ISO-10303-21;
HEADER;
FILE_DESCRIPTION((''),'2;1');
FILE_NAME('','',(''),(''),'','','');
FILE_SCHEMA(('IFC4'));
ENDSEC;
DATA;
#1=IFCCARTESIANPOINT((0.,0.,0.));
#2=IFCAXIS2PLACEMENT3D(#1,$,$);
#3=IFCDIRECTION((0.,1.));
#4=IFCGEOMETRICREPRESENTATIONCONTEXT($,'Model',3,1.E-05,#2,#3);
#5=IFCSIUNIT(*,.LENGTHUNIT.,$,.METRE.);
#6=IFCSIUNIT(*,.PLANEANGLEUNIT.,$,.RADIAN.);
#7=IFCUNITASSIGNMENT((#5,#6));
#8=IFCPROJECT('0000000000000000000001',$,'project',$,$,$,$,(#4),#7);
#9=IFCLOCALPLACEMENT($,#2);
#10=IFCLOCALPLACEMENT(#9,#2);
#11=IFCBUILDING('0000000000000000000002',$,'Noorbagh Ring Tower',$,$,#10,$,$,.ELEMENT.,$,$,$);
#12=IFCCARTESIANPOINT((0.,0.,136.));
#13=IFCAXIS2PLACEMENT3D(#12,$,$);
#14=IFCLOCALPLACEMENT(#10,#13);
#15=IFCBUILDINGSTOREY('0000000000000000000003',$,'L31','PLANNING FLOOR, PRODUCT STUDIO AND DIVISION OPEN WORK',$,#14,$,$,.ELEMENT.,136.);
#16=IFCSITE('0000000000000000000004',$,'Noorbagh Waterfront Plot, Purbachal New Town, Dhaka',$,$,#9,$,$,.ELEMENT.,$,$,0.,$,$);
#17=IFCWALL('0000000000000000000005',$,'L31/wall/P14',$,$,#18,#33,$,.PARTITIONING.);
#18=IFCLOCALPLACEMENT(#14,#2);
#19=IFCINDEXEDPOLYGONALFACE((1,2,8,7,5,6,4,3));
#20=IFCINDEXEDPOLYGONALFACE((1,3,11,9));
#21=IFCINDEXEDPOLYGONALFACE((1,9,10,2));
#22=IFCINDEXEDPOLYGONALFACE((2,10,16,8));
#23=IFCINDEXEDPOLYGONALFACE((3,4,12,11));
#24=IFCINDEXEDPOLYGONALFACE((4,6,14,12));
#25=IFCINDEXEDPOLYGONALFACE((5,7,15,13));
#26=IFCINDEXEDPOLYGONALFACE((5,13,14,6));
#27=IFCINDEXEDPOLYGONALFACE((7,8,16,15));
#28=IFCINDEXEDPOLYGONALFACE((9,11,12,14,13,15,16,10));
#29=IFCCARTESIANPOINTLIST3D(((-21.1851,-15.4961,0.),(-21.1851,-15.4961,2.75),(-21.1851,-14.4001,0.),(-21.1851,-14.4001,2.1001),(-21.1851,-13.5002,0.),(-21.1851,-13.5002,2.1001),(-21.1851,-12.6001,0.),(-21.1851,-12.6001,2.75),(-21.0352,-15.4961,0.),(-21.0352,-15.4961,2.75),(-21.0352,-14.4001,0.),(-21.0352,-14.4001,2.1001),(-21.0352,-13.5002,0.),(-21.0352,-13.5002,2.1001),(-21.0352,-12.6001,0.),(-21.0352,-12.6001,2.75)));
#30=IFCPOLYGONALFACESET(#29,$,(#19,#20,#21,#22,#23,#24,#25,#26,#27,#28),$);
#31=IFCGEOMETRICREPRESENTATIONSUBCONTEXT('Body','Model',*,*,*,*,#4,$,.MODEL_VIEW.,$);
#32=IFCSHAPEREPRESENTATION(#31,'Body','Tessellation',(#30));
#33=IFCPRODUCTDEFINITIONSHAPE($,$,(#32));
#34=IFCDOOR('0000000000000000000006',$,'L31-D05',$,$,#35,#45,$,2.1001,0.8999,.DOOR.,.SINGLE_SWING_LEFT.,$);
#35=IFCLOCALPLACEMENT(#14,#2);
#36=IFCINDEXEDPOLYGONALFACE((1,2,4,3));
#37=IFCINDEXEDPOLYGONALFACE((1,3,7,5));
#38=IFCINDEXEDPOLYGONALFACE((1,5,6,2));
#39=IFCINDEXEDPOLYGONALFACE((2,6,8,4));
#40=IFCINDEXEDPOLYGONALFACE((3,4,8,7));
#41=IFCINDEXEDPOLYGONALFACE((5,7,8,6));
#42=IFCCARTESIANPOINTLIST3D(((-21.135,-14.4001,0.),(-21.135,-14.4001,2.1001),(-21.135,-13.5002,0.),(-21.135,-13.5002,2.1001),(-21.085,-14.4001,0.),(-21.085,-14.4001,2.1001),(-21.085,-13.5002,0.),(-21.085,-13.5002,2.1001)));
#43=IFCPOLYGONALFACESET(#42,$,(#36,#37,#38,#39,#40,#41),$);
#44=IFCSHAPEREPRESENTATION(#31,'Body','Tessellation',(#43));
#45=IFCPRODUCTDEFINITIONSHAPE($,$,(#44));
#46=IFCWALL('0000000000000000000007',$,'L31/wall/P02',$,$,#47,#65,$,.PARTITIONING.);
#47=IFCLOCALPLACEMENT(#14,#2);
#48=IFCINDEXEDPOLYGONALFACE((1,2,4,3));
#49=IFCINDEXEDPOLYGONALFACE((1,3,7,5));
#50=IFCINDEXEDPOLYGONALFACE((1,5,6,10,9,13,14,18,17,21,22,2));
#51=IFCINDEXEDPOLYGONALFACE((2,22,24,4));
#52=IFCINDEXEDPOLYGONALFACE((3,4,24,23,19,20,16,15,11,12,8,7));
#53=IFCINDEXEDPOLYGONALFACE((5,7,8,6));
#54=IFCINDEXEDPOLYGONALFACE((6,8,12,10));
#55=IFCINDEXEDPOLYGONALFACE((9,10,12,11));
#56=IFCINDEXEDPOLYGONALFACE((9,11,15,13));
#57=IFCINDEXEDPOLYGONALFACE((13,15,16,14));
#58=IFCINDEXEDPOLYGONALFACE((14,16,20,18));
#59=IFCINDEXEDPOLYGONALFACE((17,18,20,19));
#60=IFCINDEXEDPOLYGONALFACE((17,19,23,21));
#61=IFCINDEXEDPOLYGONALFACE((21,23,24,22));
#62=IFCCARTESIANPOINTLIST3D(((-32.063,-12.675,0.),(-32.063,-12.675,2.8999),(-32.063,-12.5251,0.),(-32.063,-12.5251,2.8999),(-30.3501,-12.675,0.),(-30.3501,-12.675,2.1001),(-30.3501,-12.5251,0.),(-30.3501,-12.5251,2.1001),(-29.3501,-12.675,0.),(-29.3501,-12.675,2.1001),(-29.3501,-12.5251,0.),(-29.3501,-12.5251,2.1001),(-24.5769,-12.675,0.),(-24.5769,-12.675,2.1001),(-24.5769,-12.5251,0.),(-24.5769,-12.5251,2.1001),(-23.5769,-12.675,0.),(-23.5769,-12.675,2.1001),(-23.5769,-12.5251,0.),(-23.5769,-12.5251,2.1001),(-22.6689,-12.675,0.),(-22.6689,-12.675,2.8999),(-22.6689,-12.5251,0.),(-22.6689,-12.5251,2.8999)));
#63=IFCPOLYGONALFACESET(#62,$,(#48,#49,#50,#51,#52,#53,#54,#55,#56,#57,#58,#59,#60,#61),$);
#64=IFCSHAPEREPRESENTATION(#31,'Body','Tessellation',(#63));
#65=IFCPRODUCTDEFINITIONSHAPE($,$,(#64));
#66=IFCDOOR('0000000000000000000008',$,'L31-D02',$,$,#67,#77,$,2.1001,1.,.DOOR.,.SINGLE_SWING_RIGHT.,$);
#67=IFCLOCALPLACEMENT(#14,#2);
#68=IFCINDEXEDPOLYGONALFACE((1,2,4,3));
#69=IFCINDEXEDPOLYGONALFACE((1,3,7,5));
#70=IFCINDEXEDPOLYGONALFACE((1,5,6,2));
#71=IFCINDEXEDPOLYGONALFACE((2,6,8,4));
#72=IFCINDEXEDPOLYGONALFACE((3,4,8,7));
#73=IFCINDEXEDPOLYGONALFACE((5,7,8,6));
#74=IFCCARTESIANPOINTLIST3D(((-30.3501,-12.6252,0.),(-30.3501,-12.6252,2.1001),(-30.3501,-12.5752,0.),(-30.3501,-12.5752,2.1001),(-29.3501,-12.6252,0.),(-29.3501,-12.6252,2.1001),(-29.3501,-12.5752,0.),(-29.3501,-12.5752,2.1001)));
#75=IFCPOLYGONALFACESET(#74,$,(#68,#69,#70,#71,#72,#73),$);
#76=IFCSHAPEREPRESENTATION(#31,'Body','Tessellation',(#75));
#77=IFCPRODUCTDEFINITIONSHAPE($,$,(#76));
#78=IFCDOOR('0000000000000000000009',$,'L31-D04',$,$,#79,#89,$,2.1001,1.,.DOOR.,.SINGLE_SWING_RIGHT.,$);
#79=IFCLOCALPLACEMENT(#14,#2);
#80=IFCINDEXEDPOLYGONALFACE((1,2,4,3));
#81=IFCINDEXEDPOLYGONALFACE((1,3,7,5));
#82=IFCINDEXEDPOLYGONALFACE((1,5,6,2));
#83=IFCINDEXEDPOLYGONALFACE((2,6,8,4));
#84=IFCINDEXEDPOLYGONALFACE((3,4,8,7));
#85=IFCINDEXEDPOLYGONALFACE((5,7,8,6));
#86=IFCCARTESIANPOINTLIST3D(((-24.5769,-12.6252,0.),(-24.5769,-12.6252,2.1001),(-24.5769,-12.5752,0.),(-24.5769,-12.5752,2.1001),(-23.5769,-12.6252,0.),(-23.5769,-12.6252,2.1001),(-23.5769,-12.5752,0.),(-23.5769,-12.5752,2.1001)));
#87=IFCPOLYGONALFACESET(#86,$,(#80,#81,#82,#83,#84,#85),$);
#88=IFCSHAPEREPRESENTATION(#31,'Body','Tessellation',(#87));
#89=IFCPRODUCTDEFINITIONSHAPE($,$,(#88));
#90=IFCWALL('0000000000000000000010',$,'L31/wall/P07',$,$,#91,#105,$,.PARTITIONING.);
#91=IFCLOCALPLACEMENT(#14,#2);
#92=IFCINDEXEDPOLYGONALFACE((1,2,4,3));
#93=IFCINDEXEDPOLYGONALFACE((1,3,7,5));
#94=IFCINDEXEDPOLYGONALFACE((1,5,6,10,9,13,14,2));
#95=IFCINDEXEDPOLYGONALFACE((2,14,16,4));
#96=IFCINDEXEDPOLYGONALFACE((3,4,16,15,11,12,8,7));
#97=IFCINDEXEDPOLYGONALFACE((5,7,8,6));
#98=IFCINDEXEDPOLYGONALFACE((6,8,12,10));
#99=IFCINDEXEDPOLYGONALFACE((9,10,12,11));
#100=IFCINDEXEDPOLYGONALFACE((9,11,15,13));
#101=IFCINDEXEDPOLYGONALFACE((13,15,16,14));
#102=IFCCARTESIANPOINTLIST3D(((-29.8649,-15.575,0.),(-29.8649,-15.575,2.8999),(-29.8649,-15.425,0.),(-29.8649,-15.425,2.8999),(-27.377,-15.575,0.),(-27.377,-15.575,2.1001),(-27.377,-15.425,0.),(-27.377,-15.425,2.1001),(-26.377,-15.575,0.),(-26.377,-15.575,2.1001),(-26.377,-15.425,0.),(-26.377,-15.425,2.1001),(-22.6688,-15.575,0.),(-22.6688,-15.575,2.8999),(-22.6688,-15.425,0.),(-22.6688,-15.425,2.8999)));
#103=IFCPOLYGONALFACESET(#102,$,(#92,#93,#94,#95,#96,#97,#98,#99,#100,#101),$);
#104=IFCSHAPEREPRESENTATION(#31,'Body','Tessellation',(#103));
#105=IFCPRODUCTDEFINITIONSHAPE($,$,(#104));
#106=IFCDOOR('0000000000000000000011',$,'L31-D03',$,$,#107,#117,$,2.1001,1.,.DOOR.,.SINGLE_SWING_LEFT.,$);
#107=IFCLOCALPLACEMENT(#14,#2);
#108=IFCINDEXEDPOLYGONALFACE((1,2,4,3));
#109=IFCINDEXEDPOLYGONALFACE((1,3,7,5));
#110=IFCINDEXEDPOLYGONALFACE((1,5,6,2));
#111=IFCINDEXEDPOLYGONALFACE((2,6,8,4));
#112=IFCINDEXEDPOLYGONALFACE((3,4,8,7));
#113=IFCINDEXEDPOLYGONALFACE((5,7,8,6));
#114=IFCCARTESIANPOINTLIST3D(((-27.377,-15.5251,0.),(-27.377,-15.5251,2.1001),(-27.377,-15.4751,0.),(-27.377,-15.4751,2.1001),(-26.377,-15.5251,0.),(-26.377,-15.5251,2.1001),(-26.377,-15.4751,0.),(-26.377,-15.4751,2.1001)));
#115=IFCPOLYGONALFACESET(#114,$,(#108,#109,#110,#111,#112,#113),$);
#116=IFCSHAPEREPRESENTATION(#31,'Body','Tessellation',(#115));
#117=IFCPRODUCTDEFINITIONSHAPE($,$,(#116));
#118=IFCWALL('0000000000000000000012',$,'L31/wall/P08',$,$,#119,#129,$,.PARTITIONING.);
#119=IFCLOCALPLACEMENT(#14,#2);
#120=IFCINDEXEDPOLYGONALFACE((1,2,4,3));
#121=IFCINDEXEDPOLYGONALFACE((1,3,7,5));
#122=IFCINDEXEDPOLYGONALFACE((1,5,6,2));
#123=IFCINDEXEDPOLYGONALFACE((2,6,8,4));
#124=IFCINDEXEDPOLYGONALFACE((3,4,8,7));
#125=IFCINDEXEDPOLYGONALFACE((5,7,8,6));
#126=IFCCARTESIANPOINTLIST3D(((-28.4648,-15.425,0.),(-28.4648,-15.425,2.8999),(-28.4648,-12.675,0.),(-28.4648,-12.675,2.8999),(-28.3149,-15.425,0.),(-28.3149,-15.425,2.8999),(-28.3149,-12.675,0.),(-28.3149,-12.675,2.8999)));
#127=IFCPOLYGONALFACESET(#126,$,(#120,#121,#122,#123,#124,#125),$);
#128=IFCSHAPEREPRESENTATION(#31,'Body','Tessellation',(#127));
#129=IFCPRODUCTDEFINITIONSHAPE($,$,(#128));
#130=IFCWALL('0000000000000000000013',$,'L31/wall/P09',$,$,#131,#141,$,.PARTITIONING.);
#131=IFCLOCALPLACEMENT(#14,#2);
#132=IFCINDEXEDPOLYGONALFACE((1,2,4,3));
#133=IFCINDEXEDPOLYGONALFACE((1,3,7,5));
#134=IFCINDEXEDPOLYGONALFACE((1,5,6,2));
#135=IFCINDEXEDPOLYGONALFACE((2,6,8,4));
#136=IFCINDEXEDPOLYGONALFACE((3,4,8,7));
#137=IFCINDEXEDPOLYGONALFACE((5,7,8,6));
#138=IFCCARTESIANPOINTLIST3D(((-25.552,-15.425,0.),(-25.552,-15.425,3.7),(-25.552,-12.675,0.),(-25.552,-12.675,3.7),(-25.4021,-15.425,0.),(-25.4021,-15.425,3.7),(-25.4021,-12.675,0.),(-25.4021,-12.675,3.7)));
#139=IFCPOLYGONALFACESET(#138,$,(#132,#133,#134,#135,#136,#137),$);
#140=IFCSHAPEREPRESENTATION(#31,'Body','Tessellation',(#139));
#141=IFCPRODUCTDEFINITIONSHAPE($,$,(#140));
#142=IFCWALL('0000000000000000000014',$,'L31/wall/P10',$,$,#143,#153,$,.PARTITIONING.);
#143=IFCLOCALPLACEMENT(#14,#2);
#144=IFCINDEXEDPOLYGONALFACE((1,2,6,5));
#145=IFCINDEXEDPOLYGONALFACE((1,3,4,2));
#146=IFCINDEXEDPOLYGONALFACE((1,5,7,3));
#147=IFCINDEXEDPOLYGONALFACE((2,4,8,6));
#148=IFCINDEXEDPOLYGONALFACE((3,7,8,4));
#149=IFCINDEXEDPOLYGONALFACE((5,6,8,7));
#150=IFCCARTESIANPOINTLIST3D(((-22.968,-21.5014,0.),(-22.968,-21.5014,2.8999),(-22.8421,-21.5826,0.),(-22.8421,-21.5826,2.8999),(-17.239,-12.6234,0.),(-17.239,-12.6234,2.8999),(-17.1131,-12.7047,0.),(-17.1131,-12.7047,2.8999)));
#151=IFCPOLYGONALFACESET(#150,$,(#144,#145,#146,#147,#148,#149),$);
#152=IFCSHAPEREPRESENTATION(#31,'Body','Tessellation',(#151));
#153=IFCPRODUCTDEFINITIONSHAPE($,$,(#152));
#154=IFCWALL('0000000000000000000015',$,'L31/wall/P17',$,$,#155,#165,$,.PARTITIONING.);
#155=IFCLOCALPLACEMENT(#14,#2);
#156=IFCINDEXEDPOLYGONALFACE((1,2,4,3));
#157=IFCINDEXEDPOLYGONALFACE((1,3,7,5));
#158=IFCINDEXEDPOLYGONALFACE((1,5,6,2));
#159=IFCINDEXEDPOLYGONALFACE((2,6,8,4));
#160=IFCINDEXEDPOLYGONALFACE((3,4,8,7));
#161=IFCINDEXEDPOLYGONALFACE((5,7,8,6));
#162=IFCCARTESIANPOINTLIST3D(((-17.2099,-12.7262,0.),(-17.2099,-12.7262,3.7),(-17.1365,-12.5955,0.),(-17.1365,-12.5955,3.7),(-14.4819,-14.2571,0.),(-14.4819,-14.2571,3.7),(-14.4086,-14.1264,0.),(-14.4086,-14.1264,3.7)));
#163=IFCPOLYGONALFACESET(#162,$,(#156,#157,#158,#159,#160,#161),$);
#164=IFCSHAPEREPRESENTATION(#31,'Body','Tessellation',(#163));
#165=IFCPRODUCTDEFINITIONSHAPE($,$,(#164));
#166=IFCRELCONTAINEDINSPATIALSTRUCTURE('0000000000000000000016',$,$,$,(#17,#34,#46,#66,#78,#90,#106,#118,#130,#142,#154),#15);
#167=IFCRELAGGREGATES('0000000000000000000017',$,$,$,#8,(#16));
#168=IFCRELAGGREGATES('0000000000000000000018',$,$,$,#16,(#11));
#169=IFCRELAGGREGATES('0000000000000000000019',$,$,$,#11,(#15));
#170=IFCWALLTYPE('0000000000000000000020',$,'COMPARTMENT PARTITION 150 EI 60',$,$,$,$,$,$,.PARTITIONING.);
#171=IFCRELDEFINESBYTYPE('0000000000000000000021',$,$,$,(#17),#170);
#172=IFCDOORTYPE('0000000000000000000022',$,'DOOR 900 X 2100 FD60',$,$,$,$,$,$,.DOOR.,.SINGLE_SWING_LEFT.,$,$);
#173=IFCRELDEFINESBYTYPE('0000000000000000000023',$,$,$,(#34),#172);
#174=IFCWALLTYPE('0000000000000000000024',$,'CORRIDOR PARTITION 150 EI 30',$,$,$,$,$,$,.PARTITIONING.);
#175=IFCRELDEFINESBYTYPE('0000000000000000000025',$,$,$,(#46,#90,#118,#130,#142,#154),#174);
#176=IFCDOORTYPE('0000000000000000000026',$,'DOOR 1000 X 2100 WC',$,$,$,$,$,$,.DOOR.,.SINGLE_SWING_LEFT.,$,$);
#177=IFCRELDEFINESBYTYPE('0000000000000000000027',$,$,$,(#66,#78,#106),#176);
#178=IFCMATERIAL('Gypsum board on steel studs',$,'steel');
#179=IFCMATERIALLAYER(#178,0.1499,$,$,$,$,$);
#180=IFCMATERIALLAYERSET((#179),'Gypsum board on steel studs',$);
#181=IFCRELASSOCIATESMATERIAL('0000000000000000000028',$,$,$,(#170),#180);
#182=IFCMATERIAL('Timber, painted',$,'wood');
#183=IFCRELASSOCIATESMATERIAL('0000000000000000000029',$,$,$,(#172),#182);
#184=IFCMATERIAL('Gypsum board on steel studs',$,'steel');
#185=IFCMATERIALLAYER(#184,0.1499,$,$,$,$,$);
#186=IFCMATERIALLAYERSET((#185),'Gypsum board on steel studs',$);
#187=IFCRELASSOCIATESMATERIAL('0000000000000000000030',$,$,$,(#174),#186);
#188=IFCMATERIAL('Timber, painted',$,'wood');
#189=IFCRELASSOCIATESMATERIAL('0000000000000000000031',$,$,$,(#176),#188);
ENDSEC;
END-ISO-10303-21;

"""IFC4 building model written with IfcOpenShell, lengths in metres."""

from ifc_helpers import new_model, si_unit, direction, frame, frame_2d, origin, place, context, subcontext, project, spatial, rectangle, extrude, material, layer, layer_set, type_object, element, fill, save


model = new_model("IFC4")

# Units and contexts
model_context = context("Model", 3, precision=1e-05, world=origin(), true_north=direction((0.0, 1.0)))
body_context = subcontext(model_context, "Body", "Model", "MODEL_VIEW")
ifc_project = project(units=[si_unit("LENGTHUNIT", "METRE"), si_unit("PLANEANGLEUNIT", "RADIAN")], contexts=[model_context])

# Site, building, storey
site_placement = place(None, origin())
site = spatial("IfcSite", under=ifc_project, at=site_placement, Name="Noorbagh Waterfront Plot, Purbachal New Town, Dhaka", CompositionType="ELEMENT", RefElevation=0.0)
building_placement = place(site_placement, origin())
building = spatial("IfcBuilding", under=site, at=building_placement, Name="Noorbagh Ring Tower", CompositionType="ELEMENT")
storey_placement = place(building_placement, frame((0.0, 0.0, 136.0)))
storey = spatial("IfcBuildingStorey", under=building, at=storey_placement, Name="L31", Description="PLANNING FLOOR, PRODUCT STUDIO AND DIVISION OPEN WORK", CompositionType="ELEMENT", Elevation=136.0)

# Shared definitions
ifc_material_1 = material(Name="Gypsum board on steel studs", Category="steel")
ifc_layer_1 = layer(ifc_material_1, 0.1499)
ifc_layer_set_1 = layer_set([ifc_layer_1], Name="Gypsum board on steel studs")
wall_type_1 = type_object("IfcWallType", Name="COMPARTMENT PARTITION 150 EI 60", PredefinedType="PARTITIONING", material=ifc_layer_set_1)

# Wall, opening, door
wall_1_placement = place(storey_placement, frame((-21.1101, -15.4961, 0.0), z_axis=(0.0, 0.0, 1.0), x_axis=(0.0, 1.0, 0.0)))
wall_1 = element("IfcWall", 1, at=wall_1_placement, inside=storey, type_object=wall_type_1, Name="L31/wall/P14", PredefinedType="PARTITIONING", context=body_context, shape_type="SweptSolid", body=[
    extrude(rectangle(XDim=2.896, YDim=0.1499, at=frame_2d((1.448, 0.0))), origin(), (0.0, 0.0, 1.0), 2.75),
])
opening_1_placement = place(wall_1_placement, frame((1.0959, 0.0, 0.0)))
opening_1 = element("IfcOpeningElement", 2, at=opening_1_placement, cuts=wall_1, PredefinedType="OPENING", context=body_context, shape_type="SweptSolid", body=[
    extrude(rectangle(XDim=0.8999, YDim=2.1001, at=frame_2d((0.45, 1.05))), frame((0.0, 0.085, 0.0), z_axis=(0.0, -1.0, 0.0), x_axis=(1.0, 0.0, 0.0)), (0.0, 0.0, 1.0), 0.1699),
])
ifc_material_2 = material(Name="Timber, painted", Category="wood")
door_type_1 = type_object("IfcDoorType", Name="DOOR 900 X 2100 FD60", OperationType="SINGLE_SWING_LEFT", PredefinedType="DOOR", material=ifc_material_2)
door_1_placement = place(opening_1_placement, origin())
door_1 = element("IfcDoor", 3, at=door_1_placement, inside=storey, type_object=door_type_1, Name="L31-D05", OperationType="SINGLE_SWING_LEFT", OverallHeight=2.1001, OverallWidth=0.8999, PredefinedType="DOOR", context=body_context, shape_type="SweptSolid", body=[
    extrude(rectangle(XDim=0.8999, YDim=2.1001, at=frame_2d((0.45, 1.05))), frame((0.0, 0.0249, 0.0), z_axis=(0.0, -1.0, 0.0), x_axis=(1.0, 0.0, 0.0)), (0.0, 0.0, 1.0), 0.05),
])
fill(opening_1, door_1)

# Wall, openings, doors
ifc_material_3 = material(Name="Gypsum board on steel studs", Category="steel")
ifc_layer_2 = layer(ifc_material_3, 0.1499)
ifc_layer_set_2 = layer_set([ifc_layer_2], Name="Gypsum board on steel studs")
wall_type_2 = type_object("IfcWallType", Name="CORRIDOR PARTITION 150 EI 30", PredefinedType="PARTITIONING", material=ifc_layer_set_2)
wall_2_placement = place(storey_placement, frame((-32.063, -12.6001, 0.0), z_axis=(0.0, 0.0, 1.0), x_axis=(1.0, 0.0, 0.0)))
wall_2 = element("IfcWall", 4, at=wall_2_placement, inside=storey, type_object=wall_type_2, Name="L31/wall/P02", PredefinedType="PARTITIONING", context=body_context, shape_type="SweptSolid", body=[
    extrude(rectangle(XDim=9.394, YDim=0.1499, at=frame_2d((4.697, 0.0))), origin(), (0.0, 0.0, 1.0), 2.8999),
])
opening_2_placement = place(wall_2_placement, frame((1.7129, 0.0, 0.0)))
opening_2 = element("IfcOpeningElement", 5, at=opening_2_placement, cuts=wall_2, PredefinedType="OPENING", context=body_context, shape_type="SweptSolid", body=[
    extrude(rectangle(XDim=1.0, YDim=2.1001, at=frame_2d((0.5, 1.05))), frame((0.0, 0.085, 0.0), z_axis=(0.0, -1.0, 0.0), x_axis=(1.0, 0.0, 0.0)), (0.0, 0.0, 1.0), 0.1699),
])
opening_3_placement = place(wall_2_placement, frame((7.4861, 0.0, 0.0)))
opening_3 = element("IfcOpeningElement", 6, at=opening_3_placement, cuts=wall_2, PredefinedType="OPENING", context=body_context, shape_type="SweptSolid", body=[
    extrude(rectangle(XDim=1.0, YDim=2.1001, at=frame_2d((0.5, 1.05))), frame((0.0, 0.085, 0.0), z_axis=(0.0, -1.0, 0.0), x_axis=(1.0, 0.0, 0.0)), (0.0, 0.0, 1.0), 0.1699),
])
ifc_material_4 = material(Name="Timber, painted", Category="wood")
door_type_2 = type_object("IfcDoorType", Name="DOOR 1000 X 2100 WC", OperationType="SINGLE_SWING_LEFT", PredefinedType="DOOR", material=ifc_material_4)
door_2_placement = place(opening_2_placement, origin())
door_2 = element("IfcDoor", 7, at=door_2_placement, inside=storey, type_object=door_type_2, Name="L31-D02", OperationType="SINGLE_SWING_RIGHT", OverallHeight=2.1001, OverallWidth=1.0, PredefinedType="DOOR", context=body_context, shape_type="SweptSolid", body=[
    extrude(rectangle(XDim=1.0, YDim=2.1001, at=frame_2d((0.5, 1.05))), frame((0.0, 0.0249, 0.0), z_axis=(0.0, -1.0, 0.0), x_axis=(1.0, 0.0, 0.0)), (0.0, 0.0, 1.0), 0.05),
])
fill(opening_2, door_2)
door_3_placement = place(opening_3_placement, origin())
door_3 = element("IfcDoor", 8, at=door_3_placement, inside=storey, type_object=door_type_2, Name="L31-D04", OperationType="SINGLE_SWING_RIGHT", OverallHeight=2.1001, OverallWidth=1.0, PredefinedType="DOOR", context=body_context, shape_type="SweptSolid", body=[
    extrude(rectangle(XDim=1.0, YDim=2.1001, at=frame_2d((0.5, 1.05))), frame((0.0, 0.0249, 0.0), z_axis=(0.0, -1.0, 0.0), x_axis=(1.0, 0.0, 0.0)), (0.0, 0.0, 1.0), 0.05),
])
fill(opening_3, door_3)

# Wall, opening, door
wall_3_placement = place(storey_placement, frame((-29.865, -15.5, 0.0), z_axis=(0.0, 0.0, 1.0), x_axis=(1.0, 0.0, 0.0)))
wall_3 = element("IfcWall", 9, at=wall_3_placement, inside=storey, type_object=wall_type_2, Name="L31/wall/P07", PredefinedType="PARTITIONING", context=body_context, shape_type="SweptSolid", body=[
    extrude(rectangle(XDim=7.196, YDim=0.1499, at=frame_2d((3.5981, 0.0))), origin(), (0.0, 0.0, 1.0), 2.8999),
])
opening_4_placement = place(wall_3_placement, frame((2.488, 0.0, 0.0)))
opening_4 = element("IfcOpeningElement", 10, at=opening_4_placement, cuts=wall_3, PredefinedType="OPENING", context=body_context, shape_type="SweptSolid", body=[
    extrude(rectangle(XDim=1.0, YDim=2.1001, at=frame_2d((0.5, 1.05))), frame((0.0, 0.085, 0.0), z_axis=(0.0, -1.0, 0.0), x_axis=(1.0, 0.0, 0.0)), (0.0, 0.0, 1.0), 0.1699),
])
door_4_placement = place(opening_4_placement, origin())
door_4 = element("IfcDoor", 11, at=door_4_placement, inside=storey, type_object=door_type_2, Name="L31-D03", OperationType="SINGLE_SWING_LEFT", OverallHeight=2.1001, OverallWidth=1.0, PredefinedType="DOOR", context=body_context, shape_type="SweptSolid", body=[
    extrude(rectangle(XDim=1.0, YDim=2.1001, at=frame_2d((0.5, 1.05))), frame((0.0, 0.0249, 0.0), z_axis=(0.0, -1.0, 0.0), x_axis=(1.0, 0.0, 0.0)), (0.0, 0.0, 1.0), 0.05),
])
fill(opening_4, door_4)

# Walls
wall_4_placement = place(storey_placement, frame((-28.3899, -15.425, 0.0), z_axis=(0.0, 0.0, 1.0), x_axis=(0.0, 1.0, 0.0)))
element("IfcWall", 12, at=wall_4_placement, inside=storey, type_object=wall_type_2, Name="L31/wall/P08", PredefinedType="PARTITIONING", context=body_context, shape_type="SweptSolid", body=[
    extrude(rectangle(XDim=2.75, YDim=0.1499, at=frame_2d((1.375, 0.0))), origin(), (0.0, 0.0, 1.0), 2.8999),
])
wall_5_placement = place(storey_placement, frame((-25.4771, -15.425, 0.0), z_axis=(0.0, 0.0, 1.0), x_axis=(0.0, 1.0, 0.0)))
element("IfcWall", 13, at=wall_5_placement, inside=storey, type_object=wall_type_2, Name="L31/wall/P09", PredefinedType="PARTITIONING", context=body_context, shape_type="SweptSolid", body=[
    extrude(rectangle(XDim=2.75, YDim=0.1499, at=frame_2d((1.375, 0.0))), origin(), (0.0, 0.0, 1.0), 3.7),
])
wall_6_placement = place(storey_placement, frame((-22.905, -21.542, 0.0), z_axis=(0.0, 0.0, 1.0), x_axis=(0.542214, 0.84024, 0.0)))
element("IfcWall", 14, at=wall_6_placement, inside=storey, type_object=wall_type_2, Name="L31/wall/P10", PredefinedType="PARTITIONING", context=body_context, shape_type="SweptSolid", body=[
    extrude(rectangle(XDim=10.5659, YDim=0.1499, at=frame_2d((5.283, 0.0))), origin(), (0.0, 0.0, 1.0), 2.8999),
])
wall_7_placement = place(storey_placement, frame((-17.1731, -12.6609, 0.0), z_axis=(0.0, 0.0, 1.0), x_axis=(0.872054, -0.489409, 0.0)))
element("IfcWall", 15, at=wall_7_placement, inside=storey, type_object=wall_type_2, Name="L31/wall/P17", PredefinedType="PARTITIONING", context=body_context, shape_type="SweptSolid", body=[
    extrude(rectangle(XDim=3.1282, YDim=0.1499, at=frame_2d((1.564, 0.0))), origin(), (0.0, 0.0, 1.0), 3.7),
])

save(model, "model.ifc")
